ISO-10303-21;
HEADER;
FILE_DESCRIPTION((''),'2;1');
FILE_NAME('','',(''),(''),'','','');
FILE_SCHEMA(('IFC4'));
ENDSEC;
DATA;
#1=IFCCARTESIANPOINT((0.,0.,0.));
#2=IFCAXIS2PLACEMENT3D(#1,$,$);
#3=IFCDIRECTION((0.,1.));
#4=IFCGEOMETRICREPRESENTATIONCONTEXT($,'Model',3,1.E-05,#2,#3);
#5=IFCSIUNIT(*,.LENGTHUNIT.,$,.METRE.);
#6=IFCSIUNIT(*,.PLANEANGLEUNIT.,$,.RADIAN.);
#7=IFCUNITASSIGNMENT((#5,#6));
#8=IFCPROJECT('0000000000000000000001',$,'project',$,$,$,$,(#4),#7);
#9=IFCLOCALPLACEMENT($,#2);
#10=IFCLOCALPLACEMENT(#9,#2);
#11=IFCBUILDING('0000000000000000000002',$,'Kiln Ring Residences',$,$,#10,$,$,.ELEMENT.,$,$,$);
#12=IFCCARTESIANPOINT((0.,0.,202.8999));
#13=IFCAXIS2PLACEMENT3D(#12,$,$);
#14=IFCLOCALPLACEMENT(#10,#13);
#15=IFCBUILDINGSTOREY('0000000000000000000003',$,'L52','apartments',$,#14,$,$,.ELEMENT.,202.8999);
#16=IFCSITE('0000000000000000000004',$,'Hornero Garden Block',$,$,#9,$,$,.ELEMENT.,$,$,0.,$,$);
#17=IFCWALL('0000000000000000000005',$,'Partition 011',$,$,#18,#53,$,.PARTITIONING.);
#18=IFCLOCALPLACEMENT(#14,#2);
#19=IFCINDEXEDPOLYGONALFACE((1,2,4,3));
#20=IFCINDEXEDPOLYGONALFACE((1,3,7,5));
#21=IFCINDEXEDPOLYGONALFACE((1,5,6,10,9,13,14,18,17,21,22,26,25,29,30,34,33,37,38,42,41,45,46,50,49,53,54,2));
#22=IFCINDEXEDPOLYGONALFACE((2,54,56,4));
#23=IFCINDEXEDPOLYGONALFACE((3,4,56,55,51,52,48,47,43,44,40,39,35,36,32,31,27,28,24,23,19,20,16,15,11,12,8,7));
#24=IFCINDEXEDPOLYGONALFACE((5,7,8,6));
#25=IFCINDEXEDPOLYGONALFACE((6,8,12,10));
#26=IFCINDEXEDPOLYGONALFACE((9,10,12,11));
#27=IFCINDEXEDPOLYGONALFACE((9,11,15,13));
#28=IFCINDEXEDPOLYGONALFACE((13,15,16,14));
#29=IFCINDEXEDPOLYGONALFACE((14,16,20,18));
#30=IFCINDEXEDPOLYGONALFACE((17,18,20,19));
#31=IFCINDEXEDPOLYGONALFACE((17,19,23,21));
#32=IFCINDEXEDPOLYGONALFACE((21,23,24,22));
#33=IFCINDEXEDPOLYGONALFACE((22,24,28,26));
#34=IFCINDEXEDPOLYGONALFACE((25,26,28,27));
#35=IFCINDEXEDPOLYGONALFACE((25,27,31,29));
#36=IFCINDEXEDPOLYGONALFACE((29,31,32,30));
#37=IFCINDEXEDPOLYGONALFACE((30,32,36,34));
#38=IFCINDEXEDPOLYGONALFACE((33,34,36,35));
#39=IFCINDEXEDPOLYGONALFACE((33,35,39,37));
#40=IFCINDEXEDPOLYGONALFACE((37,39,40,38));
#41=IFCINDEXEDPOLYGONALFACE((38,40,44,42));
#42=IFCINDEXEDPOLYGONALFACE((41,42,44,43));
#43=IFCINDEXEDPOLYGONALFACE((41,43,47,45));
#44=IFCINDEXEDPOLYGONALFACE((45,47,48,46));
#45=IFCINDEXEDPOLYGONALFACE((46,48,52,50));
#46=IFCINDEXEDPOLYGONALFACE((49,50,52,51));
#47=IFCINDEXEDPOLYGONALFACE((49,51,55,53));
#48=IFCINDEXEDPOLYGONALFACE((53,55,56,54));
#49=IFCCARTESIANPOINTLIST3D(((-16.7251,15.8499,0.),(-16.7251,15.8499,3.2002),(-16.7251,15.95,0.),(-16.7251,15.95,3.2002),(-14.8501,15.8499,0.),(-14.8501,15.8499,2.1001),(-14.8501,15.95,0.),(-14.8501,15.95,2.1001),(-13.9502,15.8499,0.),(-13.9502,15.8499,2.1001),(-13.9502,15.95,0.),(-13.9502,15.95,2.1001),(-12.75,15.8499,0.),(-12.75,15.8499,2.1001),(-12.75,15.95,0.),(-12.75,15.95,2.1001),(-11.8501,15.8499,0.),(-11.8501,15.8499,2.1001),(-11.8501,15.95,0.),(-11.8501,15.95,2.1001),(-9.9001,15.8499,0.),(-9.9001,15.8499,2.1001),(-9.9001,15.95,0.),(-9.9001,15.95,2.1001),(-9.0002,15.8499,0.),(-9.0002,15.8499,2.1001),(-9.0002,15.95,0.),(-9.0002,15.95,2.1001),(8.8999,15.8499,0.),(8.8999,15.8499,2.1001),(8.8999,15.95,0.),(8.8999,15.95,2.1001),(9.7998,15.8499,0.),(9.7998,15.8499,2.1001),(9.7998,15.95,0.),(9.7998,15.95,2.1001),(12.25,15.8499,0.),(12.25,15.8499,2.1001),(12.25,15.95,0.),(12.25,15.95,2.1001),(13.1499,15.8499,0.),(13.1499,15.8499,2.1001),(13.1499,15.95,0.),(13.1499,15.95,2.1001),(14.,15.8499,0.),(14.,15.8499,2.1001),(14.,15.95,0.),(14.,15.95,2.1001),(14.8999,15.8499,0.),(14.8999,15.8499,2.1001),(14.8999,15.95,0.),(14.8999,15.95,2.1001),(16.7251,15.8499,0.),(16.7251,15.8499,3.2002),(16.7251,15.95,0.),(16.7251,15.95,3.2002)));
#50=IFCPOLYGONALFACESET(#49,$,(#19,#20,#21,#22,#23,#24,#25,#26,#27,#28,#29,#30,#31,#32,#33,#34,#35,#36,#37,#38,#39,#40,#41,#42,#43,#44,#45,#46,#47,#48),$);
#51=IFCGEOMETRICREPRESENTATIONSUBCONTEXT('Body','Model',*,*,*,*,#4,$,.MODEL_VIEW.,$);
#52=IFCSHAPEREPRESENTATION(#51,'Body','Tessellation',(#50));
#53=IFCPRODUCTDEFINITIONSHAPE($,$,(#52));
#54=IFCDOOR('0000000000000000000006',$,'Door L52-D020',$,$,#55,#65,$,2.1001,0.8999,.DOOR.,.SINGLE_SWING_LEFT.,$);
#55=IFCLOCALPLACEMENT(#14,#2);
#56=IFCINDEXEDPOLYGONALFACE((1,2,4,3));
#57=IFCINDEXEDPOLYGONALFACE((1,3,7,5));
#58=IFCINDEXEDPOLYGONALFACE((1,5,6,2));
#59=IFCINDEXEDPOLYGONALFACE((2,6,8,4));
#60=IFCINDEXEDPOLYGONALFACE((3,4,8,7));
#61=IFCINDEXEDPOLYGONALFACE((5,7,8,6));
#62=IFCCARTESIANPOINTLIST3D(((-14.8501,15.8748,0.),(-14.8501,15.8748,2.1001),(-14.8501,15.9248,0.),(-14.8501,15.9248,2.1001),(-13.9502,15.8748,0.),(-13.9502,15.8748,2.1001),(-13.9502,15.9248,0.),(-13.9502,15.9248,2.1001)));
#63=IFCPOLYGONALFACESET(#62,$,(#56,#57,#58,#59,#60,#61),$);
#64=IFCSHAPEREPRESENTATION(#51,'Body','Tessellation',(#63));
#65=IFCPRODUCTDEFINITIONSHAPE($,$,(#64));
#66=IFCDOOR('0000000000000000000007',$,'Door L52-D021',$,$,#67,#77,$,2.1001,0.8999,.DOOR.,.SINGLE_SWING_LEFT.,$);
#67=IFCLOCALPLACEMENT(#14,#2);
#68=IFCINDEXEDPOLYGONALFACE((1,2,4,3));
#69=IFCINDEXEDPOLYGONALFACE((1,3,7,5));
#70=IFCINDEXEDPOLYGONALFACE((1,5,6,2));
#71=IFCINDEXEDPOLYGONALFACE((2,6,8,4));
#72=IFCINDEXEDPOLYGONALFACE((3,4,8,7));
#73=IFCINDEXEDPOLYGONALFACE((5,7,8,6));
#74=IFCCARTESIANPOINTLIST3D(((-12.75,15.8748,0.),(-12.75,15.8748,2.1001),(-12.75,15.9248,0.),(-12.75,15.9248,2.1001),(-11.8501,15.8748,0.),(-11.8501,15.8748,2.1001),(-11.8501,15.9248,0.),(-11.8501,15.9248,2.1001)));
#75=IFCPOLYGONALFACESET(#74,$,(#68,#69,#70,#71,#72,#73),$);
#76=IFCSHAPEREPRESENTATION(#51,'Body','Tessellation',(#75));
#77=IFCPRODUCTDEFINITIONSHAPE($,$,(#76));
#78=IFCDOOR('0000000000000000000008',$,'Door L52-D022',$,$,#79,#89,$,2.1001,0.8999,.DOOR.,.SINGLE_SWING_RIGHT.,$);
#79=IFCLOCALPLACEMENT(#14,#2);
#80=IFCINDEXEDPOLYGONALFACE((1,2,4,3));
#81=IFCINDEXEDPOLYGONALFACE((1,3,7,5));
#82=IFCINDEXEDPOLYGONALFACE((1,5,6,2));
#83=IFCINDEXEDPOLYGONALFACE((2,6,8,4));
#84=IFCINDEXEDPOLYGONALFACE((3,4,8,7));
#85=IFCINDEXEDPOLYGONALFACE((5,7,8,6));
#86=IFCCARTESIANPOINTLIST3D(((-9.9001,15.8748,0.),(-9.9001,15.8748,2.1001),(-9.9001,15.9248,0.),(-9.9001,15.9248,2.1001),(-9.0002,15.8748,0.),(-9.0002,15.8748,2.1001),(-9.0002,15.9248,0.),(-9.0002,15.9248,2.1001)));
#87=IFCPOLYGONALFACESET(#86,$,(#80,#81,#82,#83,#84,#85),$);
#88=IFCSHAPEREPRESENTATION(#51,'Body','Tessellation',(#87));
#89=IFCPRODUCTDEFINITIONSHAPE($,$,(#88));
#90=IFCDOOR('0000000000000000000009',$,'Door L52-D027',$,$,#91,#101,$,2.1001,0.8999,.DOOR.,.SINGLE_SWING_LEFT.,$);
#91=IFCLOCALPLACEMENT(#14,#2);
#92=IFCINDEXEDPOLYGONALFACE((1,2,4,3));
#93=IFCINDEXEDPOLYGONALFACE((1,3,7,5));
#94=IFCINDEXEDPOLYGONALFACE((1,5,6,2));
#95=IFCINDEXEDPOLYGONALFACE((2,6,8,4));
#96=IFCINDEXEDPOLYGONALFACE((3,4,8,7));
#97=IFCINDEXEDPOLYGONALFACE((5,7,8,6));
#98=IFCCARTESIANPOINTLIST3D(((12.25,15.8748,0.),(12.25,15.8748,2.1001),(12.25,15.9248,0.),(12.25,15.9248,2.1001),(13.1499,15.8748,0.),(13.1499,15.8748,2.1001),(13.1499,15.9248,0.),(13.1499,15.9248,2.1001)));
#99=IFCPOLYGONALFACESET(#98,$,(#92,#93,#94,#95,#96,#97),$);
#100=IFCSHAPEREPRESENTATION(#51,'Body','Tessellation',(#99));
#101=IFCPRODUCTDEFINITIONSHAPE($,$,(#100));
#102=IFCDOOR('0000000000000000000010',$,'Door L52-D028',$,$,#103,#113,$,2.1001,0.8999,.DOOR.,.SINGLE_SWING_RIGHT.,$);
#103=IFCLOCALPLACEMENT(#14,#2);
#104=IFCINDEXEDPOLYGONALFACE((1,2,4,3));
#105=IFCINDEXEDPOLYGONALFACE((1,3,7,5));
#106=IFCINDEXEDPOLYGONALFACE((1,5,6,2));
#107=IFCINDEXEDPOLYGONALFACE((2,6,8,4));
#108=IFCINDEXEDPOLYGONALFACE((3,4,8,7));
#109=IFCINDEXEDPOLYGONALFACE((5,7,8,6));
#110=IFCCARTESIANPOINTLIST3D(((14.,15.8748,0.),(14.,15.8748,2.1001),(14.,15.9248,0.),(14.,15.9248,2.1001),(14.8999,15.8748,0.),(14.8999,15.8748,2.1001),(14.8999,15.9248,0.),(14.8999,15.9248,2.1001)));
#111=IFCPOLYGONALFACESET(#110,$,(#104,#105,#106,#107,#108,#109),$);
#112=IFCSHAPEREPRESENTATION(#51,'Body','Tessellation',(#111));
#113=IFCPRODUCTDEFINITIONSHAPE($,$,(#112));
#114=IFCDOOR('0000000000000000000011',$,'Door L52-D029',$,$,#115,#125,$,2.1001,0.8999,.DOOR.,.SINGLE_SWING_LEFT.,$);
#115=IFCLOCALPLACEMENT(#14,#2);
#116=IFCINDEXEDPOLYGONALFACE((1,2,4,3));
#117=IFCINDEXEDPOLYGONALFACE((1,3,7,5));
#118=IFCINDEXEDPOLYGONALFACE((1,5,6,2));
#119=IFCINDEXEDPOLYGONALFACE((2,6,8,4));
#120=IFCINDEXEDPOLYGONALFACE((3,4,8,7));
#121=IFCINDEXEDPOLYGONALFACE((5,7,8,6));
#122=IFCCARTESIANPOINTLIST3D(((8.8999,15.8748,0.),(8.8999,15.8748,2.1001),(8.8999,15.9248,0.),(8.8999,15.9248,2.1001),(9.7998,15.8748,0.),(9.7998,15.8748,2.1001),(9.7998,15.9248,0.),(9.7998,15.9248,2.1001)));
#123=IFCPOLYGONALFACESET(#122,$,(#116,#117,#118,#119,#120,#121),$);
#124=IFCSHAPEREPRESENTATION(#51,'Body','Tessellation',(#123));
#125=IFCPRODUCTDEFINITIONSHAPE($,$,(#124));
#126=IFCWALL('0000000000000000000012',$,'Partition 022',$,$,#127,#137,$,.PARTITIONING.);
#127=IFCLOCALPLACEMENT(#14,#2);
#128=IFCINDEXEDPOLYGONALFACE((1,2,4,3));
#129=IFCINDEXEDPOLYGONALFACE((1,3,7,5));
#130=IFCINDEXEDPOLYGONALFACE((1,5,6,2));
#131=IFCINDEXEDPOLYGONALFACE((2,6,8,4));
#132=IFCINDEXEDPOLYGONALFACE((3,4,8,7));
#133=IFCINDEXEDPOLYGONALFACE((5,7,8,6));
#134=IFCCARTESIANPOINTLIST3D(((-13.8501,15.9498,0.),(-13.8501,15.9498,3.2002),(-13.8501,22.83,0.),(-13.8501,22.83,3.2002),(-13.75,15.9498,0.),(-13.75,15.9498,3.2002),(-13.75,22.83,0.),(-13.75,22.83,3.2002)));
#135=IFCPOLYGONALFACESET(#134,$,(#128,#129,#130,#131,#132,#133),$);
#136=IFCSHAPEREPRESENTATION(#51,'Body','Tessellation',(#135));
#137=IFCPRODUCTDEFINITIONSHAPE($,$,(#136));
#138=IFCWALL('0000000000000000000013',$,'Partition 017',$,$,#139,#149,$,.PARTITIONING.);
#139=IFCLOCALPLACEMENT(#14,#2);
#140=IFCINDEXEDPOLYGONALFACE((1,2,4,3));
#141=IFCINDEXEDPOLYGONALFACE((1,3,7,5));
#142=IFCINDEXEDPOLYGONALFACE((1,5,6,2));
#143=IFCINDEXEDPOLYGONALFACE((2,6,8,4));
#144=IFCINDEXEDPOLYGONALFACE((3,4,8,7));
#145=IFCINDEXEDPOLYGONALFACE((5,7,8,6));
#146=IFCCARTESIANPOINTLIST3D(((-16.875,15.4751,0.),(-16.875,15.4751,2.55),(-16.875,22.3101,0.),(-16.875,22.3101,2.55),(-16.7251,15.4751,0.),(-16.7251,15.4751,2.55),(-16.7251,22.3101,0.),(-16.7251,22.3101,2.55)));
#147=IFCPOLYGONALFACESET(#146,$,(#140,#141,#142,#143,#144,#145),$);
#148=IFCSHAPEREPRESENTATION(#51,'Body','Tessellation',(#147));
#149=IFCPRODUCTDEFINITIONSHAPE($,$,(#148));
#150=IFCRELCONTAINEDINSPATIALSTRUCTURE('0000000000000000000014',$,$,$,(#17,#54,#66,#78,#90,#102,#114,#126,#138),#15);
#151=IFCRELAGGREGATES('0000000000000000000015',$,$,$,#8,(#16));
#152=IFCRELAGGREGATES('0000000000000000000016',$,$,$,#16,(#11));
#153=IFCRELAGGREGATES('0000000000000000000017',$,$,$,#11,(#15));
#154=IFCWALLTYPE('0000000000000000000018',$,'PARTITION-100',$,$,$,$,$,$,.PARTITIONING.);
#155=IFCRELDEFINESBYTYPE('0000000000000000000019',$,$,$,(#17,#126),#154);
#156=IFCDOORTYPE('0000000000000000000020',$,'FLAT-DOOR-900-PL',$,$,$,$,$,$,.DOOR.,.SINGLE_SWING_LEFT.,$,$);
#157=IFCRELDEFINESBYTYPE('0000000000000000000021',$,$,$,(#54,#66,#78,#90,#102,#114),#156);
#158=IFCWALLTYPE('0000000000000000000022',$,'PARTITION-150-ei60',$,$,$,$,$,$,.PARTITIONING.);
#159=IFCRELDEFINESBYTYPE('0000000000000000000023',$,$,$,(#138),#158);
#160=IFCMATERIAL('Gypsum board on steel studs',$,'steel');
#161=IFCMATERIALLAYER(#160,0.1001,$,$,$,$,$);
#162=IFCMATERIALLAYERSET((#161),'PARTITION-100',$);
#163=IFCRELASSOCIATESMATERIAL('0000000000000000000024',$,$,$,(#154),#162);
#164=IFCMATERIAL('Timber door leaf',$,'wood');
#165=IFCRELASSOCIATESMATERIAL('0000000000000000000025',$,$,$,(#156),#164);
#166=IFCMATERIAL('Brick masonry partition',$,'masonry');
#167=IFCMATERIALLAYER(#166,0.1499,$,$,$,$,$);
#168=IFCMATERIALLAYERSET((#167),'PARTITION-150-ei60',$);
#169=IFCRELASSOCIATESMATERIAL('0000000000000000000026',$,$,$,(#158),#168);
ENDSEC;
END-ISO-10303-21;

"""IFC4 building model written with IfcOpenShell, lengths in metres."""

from ifc_helpers import new_model, si_unit, direction, frame, frame_2d, origin, place, context, subcontext, project, spatial, rectangle, extrude, material, layer, layer_set, type_object, element, fill, save


model = new_model("IFC4")

# Units and contexts
model_context = context("Model", 3, precision=1e-05, world=origin(), true_north=direction((0.0, 1.0)))
body_context = subcontext(model_context, "Body", "Model", "MODEL_VIEW")
ifc_project = project(units=[si_unit("LENGTHUNIT", "METRE"), si_unit("PLANEANGLEUNIT", "RADIAN")], contexts=[model_context])

# Site, building, storey
site_placement = place(None, origin())
site = spatial("IfcSite", under=ifc_project, at=site_placement, Name="Hornero Garden Block", CompositionType="ELEMENT", RefElevation=0.0)
building_placement = place(site_placement, origin())
building = spatial("IfcBuilding", under=site, at=building_placement, Name="Kiln Ring Residences", CompositionType="ELEMENT")
storey_placement = place(building_placement, frame((0.0, 0.0, 202.8999)))
storey = spatial("IfcBuildingStorey", under=building, at=storey_placement, Name="L52", Description="apartments", CompositionType="ELEMENT", Elevation=202.8999)

# Wall, openings, doors
ifc_material_1 = material(Name="Gypsum board on steel studs", Category="steel")
ifc_layer_1 = layer(ifc_material_1, 0.1001)
ifc_layer_set_1 = layer_set([ifc_layer_1], Name="PARTITION-100")
wall_type_1 = type_object("IfcWallType", Name="PARTITION-100", PredefinedType="PARTITIONING", material=ifc_layer_set_1)
wall_1_placement = place(storey_placement, frame((-16.7251, 15.8999, 0.0), z_axis=(0.0, 0.0, 1.0), x_axis=(1.0, 0.0, 0.0)))
wall_1 = element("IfcWall", 1, at=wall_1_placement, inside=storey, type_object=wall_type_1, Name="Partition 011", PredefinedType="PARTITIONING", context=body_context, shape_type="SweptSolid", body=[
    extrude(rectangle(XDim=33.4502, YDim=0.1001, at=frame_2d((16.7251, 0.0))), origin(), (0.0, 0.0, 1.0), 3.2002),
])
opening_1_placement = place(wall_1_placement, frame((1.875, 0.0, 0.0)))
opening_1 = element("IfcOpeningElement", 2, at=opening_1_placement, cuts=wall_1, PredefinedType="OPENING", context=body_context, shape_type="SweptSolid", body=[
    extrude(rectangle(XDim=0.8999, YDim=2.1001, at=frame_2d((0.45, 1.05))), frame((0.0, 0.0601, 0.0), z_axis=(0.0, -1.0, 0.0), x_axis=(1.0, 0.0, 0.0)), (0.0, 0.0, 1.0), 0.1201),
])
opening_2_placement = place(wall_1_placement, frame((3.9751, 0.0, 0.0)))
opening_2 = element("IfcOpeningElement", 3, at=opening_2_placement, cuts=wall_1, PredefinedType="OPENING", context=body_context, shape_type="SweptSolid", body=[
    extrude(rectangle(XDim=0.8999, YDim=2.1001, at=frame_2d((0.45, 1.05))), frame((0.0, 0.0601, 0.0), z_axis=(0.0, -1.0, 0.0), x_axis=(1.0, 0.0, 0.0)), (0.0, 0.0, 1.0), 0.1201),
])
opening_3_placement = place(wall_1_placement, frame((6.825, 0.0, 0.0)))
opening_3 = element("IfcOpeningElement", 4, at=opening_3_placement, cuts=wall_1, PredefinedType="OPENING", context=body_context, shape_type="SweptSolid", body=[
    extrude(rectangle(XDim=0.8999, YDim=2.1001, at=frame_2d((0.45, 1.05))), frame((0.0, 0.0601, 0.0), z_axis=(0.0, -1.0, 0.0), x_axis=(1.0, 0.0, 0.0)), (0.0, 0.0, 1.0), 0.1201),
])
opening_4_placement = place(wall_1_placement, frame((28.9751, 0.0, 0.0)))
opening_4 = element("IfcOpeningElement", 5, at=opening_4_placement, cuts=wall_1, PredefinedType="OPENING", context=body_context, shape_type="SweptSolid", body=[
    extrude(rectangle(XDim=0.8999, YDim=2.1001, at=frame_2d((0.45, 1.05))), frame((0.0, 0.0601, 0.0), z_axis=(0.0, -1.0, 0.0), x_axis=(1.0, 0.0, 0.0)), (0.0, 0.0, 1.0), 0.1201),
])
opening_5_placement = place(wall_1_placement, frame((30.7251, 0.0, 0.0)))
opening_5 = element("IfcOpeningElement", 6, at=opening_5_placement, cuts=wall_1, PredefinedType="OPENING", context=body_context, shape_type="SweptSolid", body=[
    extrude(rectangle(XDim=0.8999, YDim=2.1001, at=frame_2d((0.45, 1.05))), frame((0.0, 0.0601, 0.0), z_axis=(0.0, -1.0, 0.0), x_axis=(1.0, 0.0, 0.0)), (0.0, 0.0, 1.0), 0.1201),
])
opening_6_placement = place(wall_1_placement, frame((25.625, 0.0, 0.0)))
opening_6 = element("IfcOpeningElement", 7, at=opening_6_placement, cuts=wall_1, PredefinedType="OPENING", context=body_context, shape_type="SweptSolid", body=[
    extrude(rectangle(XDim=0.8999, YDim=2.1001, at=frame_2d((0.45, 1.05))), frame((0.0, 0.0601, 0.0), z_axis=(0.0, -1.0, 0.0), x_axis=(1.0, 0.0, 0.0)), (0.0, 0.0, 1.0), 0.1201),
])
ifc_material_2 = material(Name="Timber door leaf", Category="wood")
door_type = type_object("IfcDoorType", Name="FLAT-DOOR-900-PL", OperationType="SINGLE_SWING_LEFT", PredefinedType="DOOR", material=ifc_material_2)
door_1_placement = place(opening_1_placement, origin())
door_1 = element("IfcDoor", 8, at=door_1_placement, inside=storey, type_object=door_type, Name="Door L52-D020", OperationType="SINGLE_SWING_LEFT", OverallHeight=2.1001, OverallWidth=0.8999, PredefinedType="DOOR", context=body_context, shape_type="SweptSolid", body=[
    extrude(rectangle(XDim=0.8999, YDim=2.1001, at=frame_2d((0.45, 1.05))), frame((0.0, 0.0249, 0.0), z_axis=(0.0, -1.0, 0.0), x_axis=(1.0, 0.0, 0.0)), (0.0, 0.0, 1.0), 0.05),
])
fill(opening_1, door_1)
door_2_placement = place(opening_2_placement, origin())
door_2 = element("IfcDoor", 9, at=door_2_placement, inside=storey, type_object=door_type, Name="Door L52-D021", OperationType="SINGLE_SWING_LEFT", OverallHeight=2.1001, OverallWidth=0.8999, PredefinedType="DOOR", context=body_context, shape_type="SweptSolid", body=[
    extrude(rectangle(XDim=0.8999, YDim=2.1001, at=frame_2d((0.45, 1.05))), frame((0.0, 0.0249, 0.0), z_axis=(0.0, -1.0, 0.0), x_axis=(1.0, 0.0, 0.0)), (0.0, 0.0, 1.0), 0.05),
])
fill(opening_2, door_2)
door_3_placement = place(opening_3_placement, origin())
door_3 = element("IfcDoor", 10, at=door_3_placement, inside=storey, type_object=door_type, Name="Door L52-D022", OperationType="SINGLE_SWING_RIGHT", OverallHeight=2.1001, OverallWidth=0.8999, PredefinedType="DOOR", context=body_context, shape_type="SweptSolid", body=[
    extrude(rectangle(XDim=0.8999, YDim=2.1001, at=frame_2d((0.45, 1.05))), frame((0.0, 0.0249, 0.0), z_axis=(0.0, -1.0, 0.0), x_axis=(1.0, 0.0, 0.0)), (0.0, 0.0, 1.0), 0.05),
])
fill(opening_3, door_3)
door_4_placement = place(opening_4_placement, origin())
door_4 = element("IfcDoor", 11, at=door_4_placement, inside=storey, type_object=door_type, Name="Door L52-D027", OperationType="SINGLE_SWING_LEFT", OverallHeight=2.1001, OverallWidth=0.8999, PredefinedType="DOOR", context=body_context, shape_type="SweptSolid", body=[
    extrude(rectangle(XDim=0.8999, YDim=2.1001, at=frame_2d((0.45, 1.05))), frame((0.0, 0.0249, 0.0), z_axis=(0.0, -1.0, 0.0), x_axis=(1.0, 0.0, 0.0)), (0.0, 0.0, 1.0), 0.05),
])
fill(opening_4, door_4)
door_5_placement = place(opening_5_placement, origin())
door_5 = element("IfcDoor", 12, at=door_5_placement, inside=storey, type_object=door_type, Name="Door L52-D028", OperationType="SINGLE_SWING_RIGHT", OverallHeight=2.1001, OverallWidth=0.8999, PredefinedType="DOOR", context=body_context, shape_type="SweptSolid", body=[
    extrude(rectangle(XDim=0.8999, YDim=2.1001, at=frame_2d((0.45, 1.05))), frame((0.0, 0.0249, 0.0), z_axis=(0.0, -1.0, 0.0), x_axis=(1.0, 0.0, 0.0)), (0.0, 0.0, 1.0), 0.05),
])
fill(opening_5, door_5)
door_6_placement = place(opening_6_placement, origin())
door_6 = element("IfcDoor", 13, at=door_6_placement, inside=storey, type_object=door_type, Name="Door L52-D029", OperationType="SINGLE_SWING_LEFT", OverallHeight=2.1001, OverallWidth=0.8999, PredefinedType="DOOR", context=body_context, shape_type="SweptSolid", body=[
    extrude(rectangle(XDim=0.8999, YDim=2.1001, at=frame_2d((0.45, 1.05))), frame((0.0, 0.0249, 0.0), z_axis=(0.0, -1.0, 0.0), x_axis=(1.0, 0.0, 0.0)), (0.0, 0.0, 1.0), 0.05),
])
fill(opening_6, door_6)

# Walls
wall_2_placement = place(storey_placement, frame((-13.8, 15.95, 0.0), z_axis=(0.0, 0.0, 1.0), x_axis=(0.0, 1.0, 0.0)))
element("IfcWall", 14, at=wall_2_placement, inside=storey, type_object=wall_type_1, Name="Partition 022", PredefinedType="PARTITIONING", context=body_context, shape_type="SweptSolid", body=[
    extrude(rectangle(XDim=6.8801, YDim=0.1001, at=frame_2d((3.4399, 0.0))), origin(), (0.0, 0.0, 1.0), 3.2002),
])
ifc_material_3 = material(Name="Brick masonry partition", Category="masonry")
ifc_layer_2 = layer(ifc_material_3, 0.1499)
ifc_layer_set_2 = layer_set([ifc_layer_2], Name="PARTITION-150-ei60")
wall_type_2 = type_object("IfcWallType", Name="PARTITION-150-ei60", PredefinedType="PARTITIONING", material=ifc_layer_set_2)
wall_3_placement = place(storey_placement, frame((-16.8, 15.4751, 0.0), z_axis=(0.0, 0.0, 1.0), x_axis=(0.0, 1.0, 0.0)))
element("IfcWall", 15, at=wall_3_placement, inside=storey, type_object=wall_type_2, Name="Partition 017", PredefinedType="PARTITIONING", context=body_context, shape_type="SweptSolid", body=[
    extrude(rectangle(XDim=6.835, YDim=0.1499, at=frame_2d((3.4175, 0.0))), origin(), (0.0, 0.0, 1.0), 2.55),
])

save(model, "model.ifc")
